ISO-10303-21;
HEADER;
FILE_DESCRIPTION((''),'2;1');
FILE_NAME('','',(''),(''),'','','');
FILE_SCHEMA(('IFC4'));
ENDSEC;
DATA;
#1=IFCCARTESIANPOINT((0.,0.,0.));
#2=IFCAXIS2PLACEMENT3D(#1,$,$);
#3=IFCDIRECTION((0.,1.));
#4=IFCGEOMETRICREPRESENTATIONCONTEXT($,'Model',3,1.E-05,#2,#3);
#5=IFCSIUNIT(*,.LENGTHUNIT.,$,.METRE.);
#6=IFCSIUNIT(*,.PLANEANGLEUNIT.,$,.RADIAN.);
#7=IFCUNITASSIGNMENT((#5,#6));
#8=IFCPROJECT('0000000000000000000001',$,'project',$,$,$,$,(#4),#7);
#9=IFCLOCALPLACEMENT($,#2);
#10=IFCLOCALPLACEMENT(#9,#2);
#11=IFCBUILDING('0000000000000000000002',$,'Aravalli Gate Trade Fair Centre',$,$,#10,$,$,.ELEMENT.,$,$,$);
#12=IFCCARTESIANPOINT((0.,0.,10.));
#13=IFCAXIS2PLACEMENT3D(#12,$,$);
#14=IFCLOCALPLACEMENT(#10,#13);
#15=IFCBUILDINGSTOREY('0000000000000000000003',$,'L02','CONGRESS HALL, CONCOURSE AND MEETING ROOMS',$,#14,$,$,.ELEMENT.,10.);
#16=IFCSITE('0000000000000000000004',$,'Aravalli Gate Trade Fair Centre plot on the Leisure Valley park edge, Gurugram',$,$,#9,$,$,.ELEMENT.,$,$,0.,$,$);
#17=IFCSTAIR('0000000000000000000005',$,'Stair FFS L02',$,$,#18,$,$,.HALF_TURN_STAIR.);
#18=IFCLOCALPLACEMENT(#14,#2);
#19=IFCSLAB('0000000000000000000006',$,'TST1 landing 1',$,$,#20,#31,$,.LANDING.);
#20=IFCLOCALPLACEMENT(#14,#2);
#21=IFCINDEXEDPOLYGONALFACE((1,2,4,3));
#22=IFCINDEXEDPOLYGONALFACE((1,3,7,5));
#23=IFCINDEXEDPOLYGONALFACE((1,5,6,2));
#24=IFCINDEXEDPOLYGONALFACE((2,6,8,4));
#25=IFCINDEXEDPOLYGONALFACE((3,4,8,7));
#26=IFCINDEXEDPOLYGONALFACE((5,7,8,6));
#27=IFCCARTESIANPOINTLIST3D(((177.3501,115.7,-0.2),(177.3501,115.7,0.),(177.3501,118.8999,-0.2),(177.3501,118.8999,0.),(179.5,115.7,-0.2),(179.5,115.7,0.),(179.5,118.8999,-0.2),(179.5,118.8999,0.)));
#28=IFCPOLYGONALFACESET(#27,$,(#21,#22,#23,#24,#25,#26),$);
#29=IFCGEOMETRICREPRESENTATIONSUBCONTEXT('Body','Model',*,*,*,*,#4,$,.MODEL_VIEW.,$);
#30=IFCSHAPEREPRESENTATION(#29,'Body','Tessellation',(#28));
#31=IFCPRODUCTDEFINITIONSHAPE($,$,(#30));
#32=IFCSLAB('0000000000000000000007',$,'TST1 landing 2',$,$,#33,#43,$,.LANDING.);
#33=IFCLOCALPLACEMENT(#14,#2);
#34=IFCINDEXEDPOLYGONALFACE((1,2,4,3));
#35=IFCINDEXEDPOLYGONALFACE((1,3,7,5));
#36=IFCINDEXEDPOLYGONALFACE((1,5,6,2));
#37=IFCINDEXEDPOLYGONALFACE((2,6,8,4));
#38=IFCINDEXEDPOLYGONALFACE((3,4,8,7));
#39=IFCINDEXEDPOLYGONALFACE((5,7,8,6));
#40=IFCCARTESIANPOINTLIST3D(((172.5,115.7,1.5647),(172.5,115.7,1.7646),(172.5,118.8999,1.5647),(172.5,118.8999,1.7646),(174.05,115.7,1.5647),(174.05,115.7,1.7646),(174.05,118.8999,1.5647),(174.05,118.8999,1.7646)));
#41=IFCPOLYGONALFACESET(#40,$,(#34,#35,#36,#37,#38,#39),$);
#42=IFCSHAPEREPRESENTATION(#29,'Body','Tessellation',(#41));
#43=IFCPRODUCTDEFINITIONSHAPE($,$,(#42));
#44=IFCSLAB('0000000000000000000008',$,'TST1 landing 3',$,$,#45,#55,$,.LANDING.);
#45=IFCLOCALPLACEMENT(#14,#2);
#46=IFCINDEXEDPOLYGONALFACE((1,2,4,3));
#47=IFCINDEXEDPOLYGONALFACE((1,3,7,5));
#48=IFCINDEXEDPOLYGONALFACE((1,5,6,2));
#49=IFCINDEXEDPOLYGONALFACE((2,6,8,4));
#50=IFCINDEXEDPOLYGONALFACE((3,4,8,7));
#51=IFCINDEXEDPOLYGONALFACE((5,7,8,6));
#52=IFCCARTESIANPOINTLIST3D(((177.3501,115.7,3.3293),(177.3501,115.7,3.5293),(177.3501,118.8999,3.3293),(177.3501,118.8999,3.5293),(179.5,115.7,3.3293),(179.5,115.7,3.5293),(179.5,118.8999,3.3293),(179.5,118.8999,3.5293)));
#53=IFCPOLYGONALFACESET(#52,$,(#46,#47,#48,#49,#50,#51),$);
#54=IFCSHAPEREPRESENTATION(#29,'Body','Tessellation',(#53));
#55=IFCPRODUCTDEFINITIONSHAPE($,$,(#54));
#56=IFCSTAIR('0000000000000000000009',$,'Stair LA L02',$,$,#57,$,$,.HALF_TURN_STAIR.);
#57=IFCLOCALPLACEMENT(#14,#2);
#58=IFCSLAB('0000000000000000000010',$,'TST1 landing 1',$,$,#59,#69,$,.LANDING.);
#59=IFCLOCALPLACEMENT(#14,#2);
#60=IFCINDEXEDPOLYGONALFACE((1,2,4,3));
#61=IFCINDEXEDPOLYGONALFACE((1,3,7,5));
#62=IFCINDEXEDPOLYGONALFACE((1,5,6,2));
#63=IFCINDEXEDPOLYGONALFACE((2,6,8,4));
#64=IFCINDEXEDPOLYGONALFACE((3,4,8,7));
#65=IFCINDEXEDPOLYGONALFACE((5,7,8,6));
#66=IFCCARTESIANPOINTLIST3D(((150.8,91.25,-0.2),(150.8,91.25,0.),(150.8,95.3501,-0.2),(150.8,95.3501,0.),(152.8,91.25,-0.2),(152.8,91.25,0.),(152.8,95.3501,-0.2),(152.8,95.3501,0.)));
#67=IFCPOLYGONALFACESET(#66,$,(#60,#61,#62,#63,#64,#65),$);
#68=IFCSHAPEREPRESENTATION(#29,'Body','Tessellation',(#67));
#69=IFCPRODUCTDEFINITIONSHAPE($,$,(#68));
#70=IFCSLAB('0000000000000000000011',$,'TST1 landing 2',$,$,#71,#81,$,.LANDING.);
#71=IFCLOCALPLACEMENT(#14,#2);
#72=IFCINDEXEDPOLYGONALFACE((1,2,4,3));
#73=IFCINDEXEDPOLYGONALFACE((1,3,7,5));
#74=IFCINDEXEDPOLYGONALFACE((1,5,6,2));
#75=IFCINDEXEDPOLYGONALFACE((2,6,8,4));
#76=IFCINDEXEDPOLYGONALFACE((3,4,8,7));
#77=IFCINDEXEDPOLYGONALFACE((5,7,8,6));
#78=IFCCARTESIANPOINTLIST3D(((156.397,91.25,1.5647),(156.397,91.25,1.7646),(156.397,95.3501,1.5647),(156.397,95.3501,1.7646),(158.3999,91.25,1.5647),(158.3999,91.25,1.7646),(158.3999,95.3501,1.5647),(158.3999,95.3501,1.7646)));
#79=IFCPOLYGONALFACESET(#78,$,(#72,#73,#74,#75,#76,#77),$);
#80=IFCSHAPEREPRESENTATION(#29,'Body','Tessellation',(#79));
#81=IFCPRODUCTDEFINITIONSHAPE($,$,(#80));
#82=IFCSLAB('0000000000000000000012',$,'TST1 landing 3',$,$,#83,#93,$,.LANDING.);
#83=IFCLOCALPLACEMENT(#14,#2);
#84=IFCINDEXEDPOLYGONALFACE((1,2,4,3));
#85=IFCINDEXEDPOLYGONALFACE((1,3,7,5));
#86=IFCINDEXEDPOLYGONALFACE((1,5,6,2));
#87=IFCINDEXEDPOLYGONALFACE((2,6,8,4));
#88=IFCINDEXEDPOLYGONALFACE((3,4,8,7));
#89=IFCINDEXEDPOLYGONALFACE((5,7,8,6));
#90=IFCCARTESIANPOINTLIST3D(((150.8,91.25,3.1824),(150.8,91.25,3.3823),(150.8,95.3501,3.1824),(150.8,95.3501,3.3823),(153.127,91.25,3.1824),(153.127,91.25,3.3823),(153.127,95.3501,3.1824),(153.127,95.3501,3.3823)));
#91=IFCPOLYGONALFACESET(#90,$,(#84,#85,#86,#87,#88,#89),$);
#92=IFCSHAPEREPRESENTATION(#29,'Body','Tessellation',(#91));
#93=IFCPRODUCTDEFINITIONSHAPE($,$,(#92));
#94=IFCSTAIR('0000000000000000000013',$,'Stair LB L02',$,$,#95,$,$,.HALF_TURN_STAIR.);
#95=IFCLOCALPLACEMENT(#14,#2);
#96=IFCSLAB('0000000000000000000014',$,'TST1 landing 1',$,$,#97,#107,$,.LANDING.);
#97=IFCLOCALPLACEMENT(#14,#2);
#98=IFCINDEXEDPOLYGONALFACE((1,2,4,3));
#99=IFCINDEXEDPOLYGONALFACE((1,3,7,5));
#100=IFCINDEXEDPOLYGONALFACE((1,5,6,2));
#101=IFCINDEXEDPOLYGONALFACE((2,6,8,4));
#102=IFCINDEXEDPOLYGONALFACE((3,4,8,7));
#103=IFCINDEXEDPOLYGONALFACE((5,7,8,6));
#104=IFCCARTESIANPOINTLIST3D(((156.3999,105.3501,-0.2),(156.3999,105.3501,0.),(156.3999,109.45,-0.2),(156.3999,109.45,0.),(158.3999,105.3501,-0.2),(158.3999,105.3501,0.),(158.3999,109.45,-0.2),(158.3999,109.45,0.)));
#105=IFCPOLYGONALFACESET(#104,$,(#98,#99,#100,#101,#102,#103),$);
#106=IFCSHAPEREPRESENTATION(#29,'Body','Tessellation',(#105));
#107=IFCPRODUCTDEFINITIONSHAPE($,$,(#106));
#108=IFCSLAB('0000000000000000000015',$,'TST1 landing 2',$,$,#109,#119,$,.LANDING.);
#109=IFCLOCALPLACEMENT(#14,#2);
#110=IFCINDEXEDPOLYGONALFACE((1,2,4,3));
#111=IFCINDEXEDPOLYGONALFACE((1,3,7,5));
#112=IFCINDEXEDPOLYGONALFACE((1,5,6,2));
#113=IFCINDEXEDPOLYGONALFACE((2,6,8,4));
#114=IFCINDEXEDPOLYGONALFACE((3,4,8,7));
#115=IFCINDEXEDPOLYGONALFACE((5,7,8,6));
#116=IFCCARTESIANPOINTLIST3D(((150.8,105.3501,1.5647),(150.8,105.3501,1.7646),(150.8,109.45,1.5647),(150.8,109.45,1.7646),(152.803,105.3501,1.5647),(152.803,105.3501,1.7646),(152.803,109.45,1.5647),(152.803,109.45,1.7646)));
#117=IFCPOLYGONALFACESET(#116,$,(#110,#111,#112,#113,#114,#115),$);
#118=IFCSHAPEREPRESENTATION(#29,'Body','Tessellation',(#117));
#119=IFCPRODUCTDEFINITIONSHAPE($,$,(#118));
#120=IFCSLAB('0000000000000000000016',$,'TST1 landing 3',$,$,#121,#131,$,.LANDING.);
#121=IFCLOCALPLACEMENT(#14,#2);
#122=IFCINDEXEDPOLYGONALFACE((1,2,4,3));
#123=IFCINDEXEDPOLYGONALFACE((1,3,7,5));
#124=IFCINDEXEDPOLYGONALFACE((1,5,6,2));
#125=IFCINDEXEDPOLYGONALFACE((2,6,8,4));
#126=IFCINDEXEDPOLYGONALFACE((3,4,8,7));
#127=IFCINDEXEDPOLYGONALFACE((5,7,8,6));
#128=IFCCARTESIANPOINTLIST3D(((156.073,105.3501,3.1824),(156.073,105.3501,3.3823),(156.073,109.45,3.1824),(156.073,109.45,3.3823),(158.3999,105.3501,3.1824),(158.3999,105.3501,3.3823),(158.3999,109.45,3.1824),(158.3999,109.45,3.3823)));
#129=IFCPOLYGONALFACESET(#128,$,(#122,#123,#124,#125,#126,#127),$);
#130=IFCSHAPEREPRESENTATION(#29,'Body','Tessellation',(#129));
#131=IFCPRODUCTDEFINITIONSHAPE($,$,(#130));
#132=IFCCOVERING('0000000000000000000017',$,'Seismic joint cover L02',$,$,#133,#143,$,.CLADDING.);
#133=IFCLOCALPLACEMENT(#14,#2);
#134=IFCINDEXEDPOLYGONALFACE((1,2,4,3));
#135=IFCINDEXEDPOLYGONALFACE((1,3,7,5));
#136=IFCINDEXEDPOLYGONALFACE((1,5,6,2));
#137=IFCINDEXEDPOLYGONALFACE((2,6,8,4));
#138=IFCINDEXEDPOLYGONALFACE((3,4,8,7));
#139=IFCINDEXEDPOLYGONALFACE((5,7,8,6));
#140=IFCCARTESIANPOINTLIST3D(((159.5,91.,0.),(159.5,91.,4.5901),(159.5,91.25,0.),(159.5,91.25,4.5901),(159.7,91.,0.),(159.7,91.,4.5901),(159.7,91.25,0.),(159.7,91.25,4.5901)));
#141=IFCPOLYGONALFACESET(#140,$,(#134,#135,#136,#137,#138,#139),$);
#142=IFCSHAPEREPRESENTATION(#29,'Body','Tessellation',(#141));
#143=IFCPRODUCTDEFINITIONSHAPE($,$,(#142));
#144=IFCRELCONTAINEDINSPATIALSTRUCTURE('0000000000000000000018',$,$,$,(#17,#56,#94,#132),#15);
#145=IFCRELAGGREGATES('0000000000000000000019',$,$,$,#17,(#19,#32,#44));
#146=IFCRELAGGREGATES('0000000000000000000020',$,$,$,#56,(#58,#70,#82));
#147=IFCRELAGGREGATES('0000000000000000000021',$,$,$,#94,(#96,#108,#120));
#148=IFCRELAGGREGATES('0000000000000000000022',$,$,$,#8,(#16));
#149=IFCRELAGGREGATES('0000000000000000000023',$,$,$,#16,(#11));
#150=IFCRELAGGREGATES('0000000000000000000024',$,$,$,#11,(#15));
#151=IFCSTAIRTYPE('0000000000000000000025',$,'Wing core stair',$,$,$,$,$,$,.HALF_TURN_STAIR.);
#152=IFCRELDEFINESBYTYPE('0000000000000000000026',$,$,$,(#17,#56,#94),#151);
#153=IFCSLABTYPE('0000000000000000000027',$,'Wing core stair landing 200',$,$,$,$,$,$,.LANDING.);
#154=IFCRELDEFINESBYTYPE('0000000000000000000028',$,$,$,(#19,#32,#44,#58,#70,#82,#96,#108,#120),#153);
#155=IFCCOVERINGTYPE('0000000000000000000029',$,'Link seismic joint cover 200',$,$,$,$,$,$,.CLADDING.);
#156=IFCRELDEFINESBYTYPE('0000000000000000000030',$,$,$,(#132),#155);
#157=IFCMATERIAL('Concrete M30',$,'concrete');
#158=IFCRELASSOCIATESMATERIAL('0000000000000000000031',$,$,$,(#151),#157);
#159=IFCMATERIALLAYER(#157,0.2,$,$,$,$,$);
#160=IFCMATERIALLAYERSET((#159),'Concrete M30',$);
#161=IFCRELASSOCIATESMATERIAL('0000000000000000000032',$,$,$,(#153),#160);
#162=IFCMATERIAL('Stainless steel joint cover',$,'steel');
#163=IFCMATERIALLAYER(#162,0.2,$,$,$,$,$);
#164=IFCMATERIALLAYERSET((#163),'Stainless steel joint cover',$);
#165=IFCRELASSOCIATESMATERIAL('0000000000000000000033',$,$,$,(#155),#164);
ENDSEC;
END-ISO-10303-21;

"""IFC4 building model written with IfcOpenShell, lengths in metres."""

from ifc_helpers import new_model, si_unit, direction, frame, origin, place, context, subcontext, project, spatial, polyline, outline, extrude, material, layer, layer_set, type_object, element, aggregate, save


model = new_model("IFC4")

# Units and contexts
model_context = context("Model", 3, precision=1e-05, world=origin(), true_north=direction((0.0, 1.0)))
body_context = subcontext(model_context, "Body", "Model", "MODEL_VIEW")
ifc_project = project(units=[si_unit("LENGTHUNIT", "METRE"), si_unit("PLANEANGLEUNIT", "RADIAN")], contexts=[model_context])

# Site, building, storey
site_placement = place(None, origin())
site = spatial("IfcSite", under=ifc_project, at=site_placement, Name="Aravalli Gate Trade Fair Centre plot on the Leisure Valley park edge, Gurugram", CompositionType="ELEMENT", RefElevation=0.0)
building_placement = place(site_placement, origin())
building = spatial("IfcBuilding", under=site, at=building_placement, Name="Aravalli Gate Trade Fair Centre", CompositionType="ELEMENT")
storey_placement = place(building_placement, frame((0.0, 0.0, 10.0)))
storey = spatial("IfcBuildingStorey", under=building, at=storey_placement, Name="L02", Description="CONGRESS HALL, CONCOURSE AND MEETING ROOMS", CompositionType="ELEMENT", Elevation=10.0)

# Stairs, slabs
ifc_material_1 = material(Name="Concrete M30", Category="concrete")
stair_type_1 = type_object("IfcStairType", Name="Wing core stair", PredefinedType="HALF_TURN_STAIR", material=ifc_material_1)
ifc_layer_1 = layer(ifc_material_1, 0.2)
ifc_layer_set_1 = layer_set([ifc_layer_1], Name="Concrete M30")
slab_type_1 = type_object("IfcSlabType", Name="Wing core stair landing 200", PredefinedType="LANDING", material=ifc_layer_set_1)
stair_1_placement = place(storey_placement, origin())
stair_1 = element("IfcStair", 1, at=stair_1_placement, inside=storey, type_object=stair_type_1, Name="Stair FFS L02", PredefinedType="HALF_TURN_STAIR")
slab_1_placement = place(storey_placement, frame((0.0, 0.0, -0.2)))
slab_1 = element("IfcSlab", 2, at=slab_1_placement, type_object=slab_type_1, Name="TST1 landing 1", PredefinedType="LANDING", context=body_context, shape_type="SweptSolid", body=[
    extrude(outline(polyline([(177.3501, 115.7), (179.5, 115.7), (179.5, 118.8999), (177.3501, 118.8999), (177.3501, 115.7)])), origin(), (0.0, 0.0, 1.0), 0.2),
])
slab_2_placement = place(storey_placement, frame((0.0, 0.0, 1.5647)))
slab_2 = element("IfcSlab", 3, at=slab_2_placement, type_object=slab_type_1, Name="TST1 landing 2", PredefinedType="LANDING", context=body_context, shape_type="SweptSolid", body=[
    extrude(outline(polyline([(172.5, 115.7), (174.05, 115.7), (174.05, 118.8999), (172.5, 118.8999), (172.5, 115.7)])), origin(), (0.0, 0.0, 1.0), 0.2),
])
slab_3_placement = place(storey_placement, frame((0.0, 0.0, 3.3293)))
slab_3 = element("IfcSlab", 4, at=slab_3_placement, type_object=slab_type_1, Name="TST1 landing 3", PredefinedType="LANDING", context=body_context, shape_type="SweptSolid", body=[
    extrude(outline(polyline([(177.3501, 115.7), (179.5, 115.7), (179.5, 118.8999), (177.3501, 118.8999), (177.3501, 115.7)])), origin(), (0.0, 0.0, 1.0), 0.2),
])
aggregate(stair_1, [slab_1, slab_2, slab_3])
stair_2_placement = place(storey_placement, origin())
stair_2 = element("IfcStair", 5, at=stair_2_placement, inside=storey, type_object=stair_type_1, Name="Stair LA L02", PredefinedType="HALF_TURN_STAIR")
slab_4_placement = place(storey_placement, frame((0.0, 0.0, -0.2)))
slab_4 = element("IfcSlab", 6, at=slab_4_placement, type_object=slab_type_1, Name="TST1 landing 1", PredefinedType="LANDING", context=body_context, shape_type="SweptSolid", body=[
    extrude(outline(polyline([(150.8, 91.25), (152.8, 91.25), (152.8, 95.3501), (150.8, 95.3501), (150.8, 91.25)])), origin(), (0.0, 0.0, 1.0), 0.2),
])
slab_5_placement = place(storey_placement, frame((0.0, 0.0, 1.5647)))
slab_5 = element("IfcSlab", 7, at=slab_5_placement, type_object=slab_type_1, Name="TST1 landing 2", PredefinedType="LANDING", context=body_context, shape_type="SweptSolid", body=[
    extrude(outline(polyline([(156.397, 91.25), (158.3999, 91.25), (158.3999, 95.3501), (156.397, 95.3501), (156.397, 91.25)])), origin(), (0.0, 0.0, 1.0), 0.2),
])
slab_6_placement = place(storey_placement, frame((0.0, 0.0, 3.1824)))
slab_6 = element("IfcSlab", 8, at=slab_6_placement, type_object=slab_type_1, Name="TST1 landing 3", PredefinedType="LANDING", context=body_context, shape_type="SweptSolid", body=[
    extrude(outline(polyline([(150.8, 91.25), (153.127, 91.25), (153.127, 95.3501), (150.8, 95.3501), (150.8, 91.25)])), origin(), (0.0, 0.0, 1.0), 0.2),
])
aggregate(stair_2, [slab_4, slab_5, slab_6])
stair_3_placement = place(storey_placement, origin())
stair_3 = element("IfcStair", 9, at=stair_3_placement, inside=storey, type_object=stair_type_1, Name="Stair LB L02", PredefinedType="HALF_TURN_STAIR")
slab_7_placement = place(storey_placement, frame((0.0, 0.0, -0.2)))
slab_7 = element("IfcSlab", 10, at=slab_7_placement, type_object=slab_type_1, Name="TST1 landing 1", PredefinedType="LANDING", context=body_context, shape_type="SweptSolid", body=[
    extrude(outline(polyline([(156.3999, 105.3501), (158.3999, 105.3501), (158.3999, 109.45), (156.3999, 109.45), (156.3999, 105.3501)])), origin(), (0.0, 0.0, 1.0), 0.2),
])
slab_8_placement = place(storey_placement, frame((0.0, 0.0, 1.5647)))
slab_8 = element("IfcSlab", 11, at=slab_8_placement, type_object=slab_type_1, Name="TST1 landing 2", PredefinedType="LANDING", context=body_context, shape_type="SweptSolid", body=[
    extrude(outline(polyline([(150.8, 105.3501), (152.803, 105.3501), (152.803, 109.45), (150.8, 109.45), (150.8, 105.3501)])), origin(), (0.0, 0.0, 1.0), 0.2),
])
slab_9_placement = place(storey_placement, frame((0.0, 0.0, 3.1824)))
slab_9 = element("IfcSlab", 12, at=slab_9_placement, type_object=slab_type_1, Name="TST1 landing 3", PredefinedType="LANDING", context=body_context, shape_type="SweptSolid", body=[
    extrude(outline(polyline([(156.073, 105.3501), (158.3999, 105.3501), (158.3999, 109.45), (156.073, 109.45), (156.073, 105.3501)])), origin(), (0.0, 0.0, 1.0), 0.2),
])
aggregate(stair_3, [slab_7, slab_8, slab_9])

# Covering
ifc_material_2 = material(Name="Stainless steel joint cover", Category="steel")
ifc_layer_2 = layer(ifc_material_2, 0.2)
ifc_layer_set_2 = layer_set([ifc_layer_2], Name="Stainless steel joint cover")
covering_type = type_object("IfcCoveringType", Name="Link seismic joint cover 200", PredefinedType="CLADDING", material=ifc_layer_set_2)
covering_placement = place(storey_placement, origin())
element("IfcCovering", 13, at=covering_placement, inside=storey, type_object=covering_type, Name="Seismic joint cover L02", PredefinedType="CLADDING", context=body_context, shape_type="SweptSolid", body=[
    extrude(outline(polyline([(159.5, 91.0), (159.7, 91.0), (159.7, 91.25), (159.5, 91.25), (159.5, 91.0)])), origin(), (0.0, 0.0, 1.0), 4.5901),
])

save(model, "model.ifc")
